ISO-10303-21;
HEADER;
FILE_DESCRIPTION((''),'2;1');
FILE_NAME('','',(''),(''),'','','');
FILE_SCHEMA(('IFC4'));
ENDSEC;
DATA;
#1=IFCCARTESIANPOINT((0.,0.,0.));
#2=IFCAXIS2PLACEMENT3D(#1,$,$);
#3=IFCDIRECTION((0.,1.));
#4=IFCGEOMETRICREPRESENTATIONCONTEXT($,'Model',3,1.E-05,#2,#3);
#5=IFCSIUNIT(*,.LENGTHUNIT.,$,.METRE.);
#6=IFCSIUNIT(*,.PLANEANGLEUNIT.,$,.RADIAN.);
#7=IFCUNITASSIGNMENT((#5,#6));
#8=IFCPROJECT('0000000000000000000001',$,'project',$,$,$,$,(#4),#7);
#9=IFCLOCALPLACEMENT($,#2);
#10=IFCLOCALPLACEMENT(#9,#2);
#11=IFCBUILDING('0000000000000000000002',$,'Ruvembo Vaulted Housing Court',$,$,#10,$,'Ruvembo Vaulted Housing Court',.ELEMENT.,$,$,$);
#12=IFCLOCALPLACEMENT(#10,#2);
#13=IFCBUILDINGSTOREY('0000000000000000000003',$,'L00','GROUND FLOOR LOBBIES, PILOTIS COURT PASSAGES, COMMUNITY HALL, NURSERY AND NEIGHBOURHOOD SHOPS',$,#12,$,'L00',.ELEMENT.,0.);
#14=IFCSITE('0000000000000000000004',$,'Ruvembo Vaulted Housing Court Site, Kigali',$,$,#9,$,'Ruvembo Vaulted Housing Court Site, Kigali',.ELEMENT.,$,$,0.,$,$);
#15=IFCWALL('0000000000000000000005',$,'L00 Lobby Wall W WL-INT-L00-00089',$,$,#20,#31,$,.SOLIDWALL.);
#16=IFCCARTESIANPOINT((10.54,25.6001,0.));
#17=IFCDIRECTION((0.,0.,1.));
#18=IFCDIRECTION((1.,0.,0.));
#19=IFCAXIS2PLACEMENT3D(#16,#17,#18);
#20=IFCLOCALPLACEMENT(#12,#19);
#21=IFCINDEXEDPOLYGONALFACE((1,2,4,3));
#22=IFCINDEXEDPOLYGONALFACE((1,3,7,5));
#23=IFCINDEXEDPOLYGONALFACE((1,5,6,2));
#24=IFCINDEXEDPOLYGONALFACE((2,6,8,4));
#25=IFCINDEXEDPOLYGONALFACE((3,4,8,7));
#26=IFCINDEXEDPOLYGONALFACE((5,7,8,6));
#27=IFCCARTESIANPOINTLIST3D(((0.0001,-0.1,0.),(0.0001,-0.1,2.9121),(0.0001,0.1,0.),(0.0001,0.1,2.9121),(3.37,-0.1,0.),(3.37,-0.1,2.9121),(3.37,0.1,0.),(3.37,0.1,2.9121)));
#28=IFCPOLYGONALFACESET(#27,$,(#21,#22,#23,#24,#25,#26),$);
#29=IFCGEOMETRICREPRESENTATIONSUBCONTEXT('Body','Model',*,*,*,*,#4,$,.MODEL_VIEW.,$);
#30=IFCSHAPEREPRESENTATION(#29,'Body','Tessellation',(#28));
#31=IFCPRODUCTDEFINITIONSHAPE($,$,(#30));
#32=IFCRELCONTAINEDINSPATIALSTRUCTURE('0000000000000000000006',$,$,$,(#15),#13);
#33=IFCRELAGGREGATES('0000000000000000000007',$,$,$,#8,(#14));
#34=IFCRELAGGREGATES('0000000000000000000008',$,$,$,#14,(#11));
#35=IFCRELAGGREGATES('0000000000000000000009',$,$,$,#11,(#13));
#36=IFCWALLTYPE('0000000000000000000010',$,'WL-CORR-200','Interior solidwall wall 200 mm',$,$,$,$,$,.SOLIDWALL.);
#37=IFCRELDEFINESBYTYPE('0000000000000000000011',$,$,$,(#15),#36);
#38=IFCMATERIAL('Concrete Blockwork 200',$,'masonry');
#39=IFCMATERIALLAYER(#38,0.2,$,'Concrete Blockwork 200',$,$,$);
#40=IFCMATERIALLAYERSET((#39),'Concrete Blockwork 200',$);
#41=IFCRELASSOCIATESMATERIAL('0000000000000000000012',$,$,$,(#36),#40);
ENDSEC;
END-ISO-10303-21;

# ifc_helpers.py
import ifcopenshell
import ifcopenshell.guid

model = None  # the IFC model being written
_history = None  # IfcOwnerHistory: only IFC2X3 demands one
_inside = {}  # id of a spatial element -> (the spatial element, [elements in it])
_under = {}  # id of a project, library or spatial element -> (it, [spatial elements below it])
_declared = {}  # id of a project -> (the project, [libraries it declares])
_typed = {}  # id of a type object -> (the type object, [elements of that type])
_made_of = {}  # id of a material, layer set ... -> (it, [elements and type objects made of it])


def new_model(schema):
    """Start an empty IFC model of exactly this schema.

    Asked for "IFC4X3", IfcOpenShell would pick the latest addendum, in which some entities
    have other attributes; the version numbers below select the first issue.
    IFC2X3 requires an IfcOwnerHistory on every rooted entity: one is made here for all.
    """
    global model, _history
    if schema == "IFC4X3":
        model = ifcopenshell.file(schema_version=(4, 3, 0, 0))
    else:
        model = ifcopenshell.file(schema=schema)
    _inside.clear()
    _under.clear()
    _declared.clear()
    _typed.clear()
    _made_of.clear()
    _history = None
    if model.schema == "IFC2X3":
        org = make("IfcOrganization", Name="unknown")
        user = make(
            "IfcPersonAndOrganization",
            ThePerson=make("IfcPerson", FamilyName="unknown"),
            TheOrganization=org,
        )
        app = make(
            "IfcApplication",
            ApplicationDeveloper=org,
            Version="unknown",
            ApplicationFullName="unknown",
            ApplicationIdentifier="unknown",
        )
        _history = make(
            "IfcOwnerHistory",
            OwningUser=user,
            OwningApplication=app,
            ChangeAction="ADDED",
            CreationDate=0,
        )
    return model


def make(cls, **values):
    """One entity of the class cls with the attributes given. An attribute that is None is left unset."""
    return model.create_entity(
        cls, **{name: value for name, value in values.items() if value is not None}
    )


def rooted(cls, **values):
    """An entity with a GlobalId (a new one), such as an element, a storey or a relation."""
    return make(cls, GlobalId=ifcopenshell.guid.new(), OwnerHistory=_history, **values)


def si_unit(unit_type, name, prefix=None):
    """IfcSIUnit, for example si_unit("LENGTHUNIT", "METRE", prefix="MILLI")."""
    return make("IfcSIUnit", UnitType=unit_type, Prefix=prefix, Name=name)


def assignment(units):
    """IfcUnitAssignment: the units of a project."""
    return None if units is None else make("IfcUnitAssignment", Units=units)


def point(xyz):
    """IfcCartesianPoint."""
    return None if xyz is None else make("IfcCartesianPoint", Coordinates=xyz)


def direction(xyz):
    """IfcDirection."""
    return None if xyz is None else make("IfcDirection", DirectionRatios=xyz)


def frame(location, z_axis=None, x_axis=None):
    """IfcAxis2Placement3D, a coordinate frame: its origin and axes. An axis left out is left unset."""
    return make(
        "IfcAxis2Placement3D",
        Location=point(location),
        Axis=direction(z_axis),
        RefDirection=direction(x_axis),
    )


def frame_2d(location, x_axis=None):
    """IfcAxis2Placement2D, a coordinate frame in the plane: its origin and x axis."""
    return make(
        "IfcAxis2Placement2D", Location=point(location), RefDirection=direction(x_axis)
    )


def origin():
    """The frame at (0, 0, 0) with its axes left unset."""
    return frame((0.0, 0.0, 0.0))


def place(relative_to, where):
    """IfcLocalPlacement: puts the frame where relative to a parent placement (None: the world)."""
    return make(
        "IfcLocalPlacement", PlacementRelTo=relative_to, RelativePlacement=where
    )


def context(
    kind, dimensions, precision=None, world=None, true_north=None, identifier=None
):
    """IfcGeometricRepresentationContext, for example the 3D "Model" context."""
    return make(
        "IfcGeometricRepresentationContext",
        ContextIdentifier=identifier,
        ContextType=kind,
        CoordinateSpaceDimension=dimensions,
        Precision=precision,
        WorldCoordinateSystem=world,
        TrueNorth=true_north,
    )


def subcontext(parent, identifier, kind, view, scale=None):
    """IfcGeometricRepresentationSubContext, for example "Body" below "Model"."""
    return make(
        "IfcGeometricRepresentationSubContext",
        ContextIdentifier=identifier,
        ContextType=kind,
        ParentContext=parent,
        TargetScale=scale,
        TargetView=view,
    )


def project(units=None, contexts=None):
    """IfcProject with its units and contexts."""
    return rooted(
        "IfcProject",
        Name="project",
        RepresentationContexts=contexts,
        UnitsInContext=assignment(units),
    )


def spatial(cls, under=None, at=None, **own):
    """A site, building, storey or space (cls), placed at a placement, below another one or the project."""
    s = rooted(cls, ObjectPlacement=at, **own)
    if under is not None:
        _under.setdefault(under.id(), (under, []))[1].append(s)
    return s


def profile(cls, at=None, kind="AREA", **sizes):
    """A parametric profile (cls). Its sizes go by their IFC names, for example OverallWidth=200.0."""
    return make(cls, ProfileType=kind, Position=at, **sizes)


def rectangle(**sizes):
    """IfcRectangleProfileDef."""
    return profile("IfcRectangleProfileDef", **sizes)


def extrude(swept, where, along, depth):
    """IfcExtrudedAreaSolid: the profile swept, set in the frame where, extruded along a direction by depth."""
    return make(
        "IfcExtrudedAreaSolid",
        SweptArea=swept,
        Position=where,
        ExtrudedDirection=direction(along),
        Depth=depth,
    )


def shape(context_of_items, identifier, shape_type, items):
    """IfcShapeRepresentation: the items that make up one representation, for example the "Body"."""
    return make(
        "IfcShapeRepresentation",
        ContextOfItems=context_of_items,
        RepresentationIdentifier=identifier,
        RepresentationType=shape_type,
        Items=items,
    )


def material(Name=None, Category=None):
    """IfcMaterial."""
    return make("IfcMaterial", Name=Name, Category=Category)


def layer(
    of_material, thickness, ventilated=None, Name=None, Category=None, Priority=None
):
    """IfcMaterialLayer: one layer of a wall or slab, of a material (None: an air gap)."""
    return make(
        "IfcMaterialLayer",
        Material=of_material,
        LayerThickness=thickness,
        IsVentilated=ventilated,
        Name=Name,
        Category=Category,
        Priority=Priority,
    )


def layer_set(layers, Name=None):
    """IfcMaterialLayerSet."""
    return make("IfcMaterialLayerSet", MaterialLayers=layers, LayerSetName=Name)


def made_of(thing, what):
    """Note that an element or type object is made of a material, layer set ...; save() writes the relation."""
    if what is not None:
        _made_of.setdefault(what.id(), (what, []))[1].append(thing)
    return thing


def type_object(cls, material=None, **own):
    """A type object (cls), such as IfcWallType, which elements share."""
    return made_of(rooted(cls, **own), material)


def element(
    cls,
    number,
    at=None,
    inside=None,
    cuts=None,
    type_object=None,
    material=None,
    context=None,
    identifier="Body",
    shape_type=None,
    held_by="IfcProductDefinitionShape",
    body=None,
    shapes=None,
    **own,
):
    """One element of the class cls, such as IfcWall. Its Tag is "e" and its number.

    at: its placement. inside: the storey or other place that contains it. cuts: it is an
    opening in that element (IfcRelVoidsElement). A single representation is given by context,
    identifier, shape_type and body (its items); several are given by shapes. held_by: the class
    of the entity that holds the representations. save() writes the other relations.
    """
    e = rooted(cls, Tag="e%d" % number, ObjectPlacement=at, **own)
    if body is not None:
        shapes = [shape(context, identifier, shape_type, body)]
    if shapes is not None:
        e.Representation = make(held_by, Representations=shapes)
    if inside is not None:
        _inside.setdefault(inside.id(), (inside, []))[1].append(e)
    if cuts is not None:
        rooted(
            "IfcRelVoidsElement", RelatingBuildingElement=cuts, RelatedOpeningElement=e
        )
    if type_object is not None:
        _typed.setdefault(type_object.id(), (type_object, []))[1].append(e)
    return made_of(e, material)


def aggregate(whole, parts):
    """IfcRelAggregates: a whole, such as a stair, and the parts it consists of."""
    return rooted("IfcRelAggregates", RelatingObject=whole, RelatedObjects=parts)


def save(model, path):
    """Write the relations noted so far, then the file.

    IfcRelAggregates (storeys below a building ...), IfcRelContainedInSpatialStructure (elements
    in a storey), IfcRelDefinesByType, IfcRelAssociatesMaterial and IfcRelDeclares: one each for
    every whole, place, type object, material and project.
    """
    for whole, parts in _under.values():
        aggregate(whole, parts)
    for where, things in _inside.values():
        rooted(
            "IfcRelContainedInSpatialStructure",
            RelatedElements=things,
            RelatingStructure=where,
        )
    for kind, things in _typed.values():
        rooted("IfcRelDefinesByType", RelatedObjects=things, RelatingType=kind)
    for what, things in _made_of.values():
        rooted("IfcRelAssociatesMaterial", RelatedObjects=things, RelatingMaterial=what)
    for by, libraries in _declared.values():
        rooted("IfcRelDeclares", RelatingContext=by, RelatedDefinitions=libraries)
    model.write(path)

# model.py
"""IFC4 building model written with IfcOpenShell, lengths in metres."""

from ifc_helpers import new_model, si_unit, direction, frame, frame_2d, origin, place, context, subcontext, project, spatial, rectangle, extrude, material, layer, layer_set, type_object, element, save


model = new_model("IFC4")

# Units and contexts
model_context = context("Model", 3, precision=1e-05, world=origin(), true_north=direction((0.0, 1.0)))
body_context = subcontext(model_context, "Body", "Model", "MODEL_VIEW")
ifc_project = project(units=[si_unit("LENGTHUNIT", "METRE"), si_unit("PLANEANGLEUNIT", "RADIAN")], contexts=[model_context])

# Site, building, storey
site_placement = place(None, origin())
site = spatial("IfcSite", under=ifc_project, at=site_placement, Name="Ruvembo Vaulted Housing Court Site, Kigali", LongName="Ruvembo Vaulted Housing Court Site, Kigali", CompositionType="ELEMENT", RefElevation=0.0)
building_placement = place(site_placement, origin())
building = spatial("IfcBuilding", under=site, at=building_placement, Name="Ruvembo Vaulted Housing Court", LongName="Ruvembo Vaulted Housing Court", CompositionType="ELEMENT")
storey_placement = place(building_placement, origin())
storey = spatial("IfcBuildingStorey", under=building, at=storey_placement, Name="L00", Description="GROUND FLOOR LOBBIES, PILOTIS COURT PASSAGES, COMMUNITY HALL, NURSERY AND NEIGHBOURHOOD SHOPS", LongName="L00", CompositionType="ELEMENT", Elevation=0.0)

# Wall
ifc_material_1 = material(Name="Concrete Blockwork 200", Category="masonry")
ifc_layer_1 = layer(ifc_material_1, 0.2, Name="Concrete Blockwork 200")
ifc_layer_set_1 = layer_set([ifc_layer_1], Name="Concrete Blockwork 200")
wall_type_1 = type_object("IfcWallType", Name="WL-CORR-200", Description="Interior solidwall wall 200 mm", PredefinedType="SOLIDWALL", material=ifc_layer_set_1)
wall_1_placement = place(storey_placement, frame((10.54, 25.6001, 0.0), z_axis=(0.0, 0.0, 1.0), x_axis=(1.0, 0.0, 0.0)))
element("IfcWall", 1, at=wall_1_placement, inside=storey, type_object=wall_type_1, Name="L00 Lobby Wall W WL-INT-L00-00089", PredefinedType="SOLIDWALL", context=body_context, shape_type="SweptSolid", body=[
    extrude(rectangle(XDim=3.3699, YDim=0.2, at=frame_2d((1.6851, 0.0))), origin(), (0.0, 0.0, 1.0), 2.9121),
])

save(model, "model.ifc")
